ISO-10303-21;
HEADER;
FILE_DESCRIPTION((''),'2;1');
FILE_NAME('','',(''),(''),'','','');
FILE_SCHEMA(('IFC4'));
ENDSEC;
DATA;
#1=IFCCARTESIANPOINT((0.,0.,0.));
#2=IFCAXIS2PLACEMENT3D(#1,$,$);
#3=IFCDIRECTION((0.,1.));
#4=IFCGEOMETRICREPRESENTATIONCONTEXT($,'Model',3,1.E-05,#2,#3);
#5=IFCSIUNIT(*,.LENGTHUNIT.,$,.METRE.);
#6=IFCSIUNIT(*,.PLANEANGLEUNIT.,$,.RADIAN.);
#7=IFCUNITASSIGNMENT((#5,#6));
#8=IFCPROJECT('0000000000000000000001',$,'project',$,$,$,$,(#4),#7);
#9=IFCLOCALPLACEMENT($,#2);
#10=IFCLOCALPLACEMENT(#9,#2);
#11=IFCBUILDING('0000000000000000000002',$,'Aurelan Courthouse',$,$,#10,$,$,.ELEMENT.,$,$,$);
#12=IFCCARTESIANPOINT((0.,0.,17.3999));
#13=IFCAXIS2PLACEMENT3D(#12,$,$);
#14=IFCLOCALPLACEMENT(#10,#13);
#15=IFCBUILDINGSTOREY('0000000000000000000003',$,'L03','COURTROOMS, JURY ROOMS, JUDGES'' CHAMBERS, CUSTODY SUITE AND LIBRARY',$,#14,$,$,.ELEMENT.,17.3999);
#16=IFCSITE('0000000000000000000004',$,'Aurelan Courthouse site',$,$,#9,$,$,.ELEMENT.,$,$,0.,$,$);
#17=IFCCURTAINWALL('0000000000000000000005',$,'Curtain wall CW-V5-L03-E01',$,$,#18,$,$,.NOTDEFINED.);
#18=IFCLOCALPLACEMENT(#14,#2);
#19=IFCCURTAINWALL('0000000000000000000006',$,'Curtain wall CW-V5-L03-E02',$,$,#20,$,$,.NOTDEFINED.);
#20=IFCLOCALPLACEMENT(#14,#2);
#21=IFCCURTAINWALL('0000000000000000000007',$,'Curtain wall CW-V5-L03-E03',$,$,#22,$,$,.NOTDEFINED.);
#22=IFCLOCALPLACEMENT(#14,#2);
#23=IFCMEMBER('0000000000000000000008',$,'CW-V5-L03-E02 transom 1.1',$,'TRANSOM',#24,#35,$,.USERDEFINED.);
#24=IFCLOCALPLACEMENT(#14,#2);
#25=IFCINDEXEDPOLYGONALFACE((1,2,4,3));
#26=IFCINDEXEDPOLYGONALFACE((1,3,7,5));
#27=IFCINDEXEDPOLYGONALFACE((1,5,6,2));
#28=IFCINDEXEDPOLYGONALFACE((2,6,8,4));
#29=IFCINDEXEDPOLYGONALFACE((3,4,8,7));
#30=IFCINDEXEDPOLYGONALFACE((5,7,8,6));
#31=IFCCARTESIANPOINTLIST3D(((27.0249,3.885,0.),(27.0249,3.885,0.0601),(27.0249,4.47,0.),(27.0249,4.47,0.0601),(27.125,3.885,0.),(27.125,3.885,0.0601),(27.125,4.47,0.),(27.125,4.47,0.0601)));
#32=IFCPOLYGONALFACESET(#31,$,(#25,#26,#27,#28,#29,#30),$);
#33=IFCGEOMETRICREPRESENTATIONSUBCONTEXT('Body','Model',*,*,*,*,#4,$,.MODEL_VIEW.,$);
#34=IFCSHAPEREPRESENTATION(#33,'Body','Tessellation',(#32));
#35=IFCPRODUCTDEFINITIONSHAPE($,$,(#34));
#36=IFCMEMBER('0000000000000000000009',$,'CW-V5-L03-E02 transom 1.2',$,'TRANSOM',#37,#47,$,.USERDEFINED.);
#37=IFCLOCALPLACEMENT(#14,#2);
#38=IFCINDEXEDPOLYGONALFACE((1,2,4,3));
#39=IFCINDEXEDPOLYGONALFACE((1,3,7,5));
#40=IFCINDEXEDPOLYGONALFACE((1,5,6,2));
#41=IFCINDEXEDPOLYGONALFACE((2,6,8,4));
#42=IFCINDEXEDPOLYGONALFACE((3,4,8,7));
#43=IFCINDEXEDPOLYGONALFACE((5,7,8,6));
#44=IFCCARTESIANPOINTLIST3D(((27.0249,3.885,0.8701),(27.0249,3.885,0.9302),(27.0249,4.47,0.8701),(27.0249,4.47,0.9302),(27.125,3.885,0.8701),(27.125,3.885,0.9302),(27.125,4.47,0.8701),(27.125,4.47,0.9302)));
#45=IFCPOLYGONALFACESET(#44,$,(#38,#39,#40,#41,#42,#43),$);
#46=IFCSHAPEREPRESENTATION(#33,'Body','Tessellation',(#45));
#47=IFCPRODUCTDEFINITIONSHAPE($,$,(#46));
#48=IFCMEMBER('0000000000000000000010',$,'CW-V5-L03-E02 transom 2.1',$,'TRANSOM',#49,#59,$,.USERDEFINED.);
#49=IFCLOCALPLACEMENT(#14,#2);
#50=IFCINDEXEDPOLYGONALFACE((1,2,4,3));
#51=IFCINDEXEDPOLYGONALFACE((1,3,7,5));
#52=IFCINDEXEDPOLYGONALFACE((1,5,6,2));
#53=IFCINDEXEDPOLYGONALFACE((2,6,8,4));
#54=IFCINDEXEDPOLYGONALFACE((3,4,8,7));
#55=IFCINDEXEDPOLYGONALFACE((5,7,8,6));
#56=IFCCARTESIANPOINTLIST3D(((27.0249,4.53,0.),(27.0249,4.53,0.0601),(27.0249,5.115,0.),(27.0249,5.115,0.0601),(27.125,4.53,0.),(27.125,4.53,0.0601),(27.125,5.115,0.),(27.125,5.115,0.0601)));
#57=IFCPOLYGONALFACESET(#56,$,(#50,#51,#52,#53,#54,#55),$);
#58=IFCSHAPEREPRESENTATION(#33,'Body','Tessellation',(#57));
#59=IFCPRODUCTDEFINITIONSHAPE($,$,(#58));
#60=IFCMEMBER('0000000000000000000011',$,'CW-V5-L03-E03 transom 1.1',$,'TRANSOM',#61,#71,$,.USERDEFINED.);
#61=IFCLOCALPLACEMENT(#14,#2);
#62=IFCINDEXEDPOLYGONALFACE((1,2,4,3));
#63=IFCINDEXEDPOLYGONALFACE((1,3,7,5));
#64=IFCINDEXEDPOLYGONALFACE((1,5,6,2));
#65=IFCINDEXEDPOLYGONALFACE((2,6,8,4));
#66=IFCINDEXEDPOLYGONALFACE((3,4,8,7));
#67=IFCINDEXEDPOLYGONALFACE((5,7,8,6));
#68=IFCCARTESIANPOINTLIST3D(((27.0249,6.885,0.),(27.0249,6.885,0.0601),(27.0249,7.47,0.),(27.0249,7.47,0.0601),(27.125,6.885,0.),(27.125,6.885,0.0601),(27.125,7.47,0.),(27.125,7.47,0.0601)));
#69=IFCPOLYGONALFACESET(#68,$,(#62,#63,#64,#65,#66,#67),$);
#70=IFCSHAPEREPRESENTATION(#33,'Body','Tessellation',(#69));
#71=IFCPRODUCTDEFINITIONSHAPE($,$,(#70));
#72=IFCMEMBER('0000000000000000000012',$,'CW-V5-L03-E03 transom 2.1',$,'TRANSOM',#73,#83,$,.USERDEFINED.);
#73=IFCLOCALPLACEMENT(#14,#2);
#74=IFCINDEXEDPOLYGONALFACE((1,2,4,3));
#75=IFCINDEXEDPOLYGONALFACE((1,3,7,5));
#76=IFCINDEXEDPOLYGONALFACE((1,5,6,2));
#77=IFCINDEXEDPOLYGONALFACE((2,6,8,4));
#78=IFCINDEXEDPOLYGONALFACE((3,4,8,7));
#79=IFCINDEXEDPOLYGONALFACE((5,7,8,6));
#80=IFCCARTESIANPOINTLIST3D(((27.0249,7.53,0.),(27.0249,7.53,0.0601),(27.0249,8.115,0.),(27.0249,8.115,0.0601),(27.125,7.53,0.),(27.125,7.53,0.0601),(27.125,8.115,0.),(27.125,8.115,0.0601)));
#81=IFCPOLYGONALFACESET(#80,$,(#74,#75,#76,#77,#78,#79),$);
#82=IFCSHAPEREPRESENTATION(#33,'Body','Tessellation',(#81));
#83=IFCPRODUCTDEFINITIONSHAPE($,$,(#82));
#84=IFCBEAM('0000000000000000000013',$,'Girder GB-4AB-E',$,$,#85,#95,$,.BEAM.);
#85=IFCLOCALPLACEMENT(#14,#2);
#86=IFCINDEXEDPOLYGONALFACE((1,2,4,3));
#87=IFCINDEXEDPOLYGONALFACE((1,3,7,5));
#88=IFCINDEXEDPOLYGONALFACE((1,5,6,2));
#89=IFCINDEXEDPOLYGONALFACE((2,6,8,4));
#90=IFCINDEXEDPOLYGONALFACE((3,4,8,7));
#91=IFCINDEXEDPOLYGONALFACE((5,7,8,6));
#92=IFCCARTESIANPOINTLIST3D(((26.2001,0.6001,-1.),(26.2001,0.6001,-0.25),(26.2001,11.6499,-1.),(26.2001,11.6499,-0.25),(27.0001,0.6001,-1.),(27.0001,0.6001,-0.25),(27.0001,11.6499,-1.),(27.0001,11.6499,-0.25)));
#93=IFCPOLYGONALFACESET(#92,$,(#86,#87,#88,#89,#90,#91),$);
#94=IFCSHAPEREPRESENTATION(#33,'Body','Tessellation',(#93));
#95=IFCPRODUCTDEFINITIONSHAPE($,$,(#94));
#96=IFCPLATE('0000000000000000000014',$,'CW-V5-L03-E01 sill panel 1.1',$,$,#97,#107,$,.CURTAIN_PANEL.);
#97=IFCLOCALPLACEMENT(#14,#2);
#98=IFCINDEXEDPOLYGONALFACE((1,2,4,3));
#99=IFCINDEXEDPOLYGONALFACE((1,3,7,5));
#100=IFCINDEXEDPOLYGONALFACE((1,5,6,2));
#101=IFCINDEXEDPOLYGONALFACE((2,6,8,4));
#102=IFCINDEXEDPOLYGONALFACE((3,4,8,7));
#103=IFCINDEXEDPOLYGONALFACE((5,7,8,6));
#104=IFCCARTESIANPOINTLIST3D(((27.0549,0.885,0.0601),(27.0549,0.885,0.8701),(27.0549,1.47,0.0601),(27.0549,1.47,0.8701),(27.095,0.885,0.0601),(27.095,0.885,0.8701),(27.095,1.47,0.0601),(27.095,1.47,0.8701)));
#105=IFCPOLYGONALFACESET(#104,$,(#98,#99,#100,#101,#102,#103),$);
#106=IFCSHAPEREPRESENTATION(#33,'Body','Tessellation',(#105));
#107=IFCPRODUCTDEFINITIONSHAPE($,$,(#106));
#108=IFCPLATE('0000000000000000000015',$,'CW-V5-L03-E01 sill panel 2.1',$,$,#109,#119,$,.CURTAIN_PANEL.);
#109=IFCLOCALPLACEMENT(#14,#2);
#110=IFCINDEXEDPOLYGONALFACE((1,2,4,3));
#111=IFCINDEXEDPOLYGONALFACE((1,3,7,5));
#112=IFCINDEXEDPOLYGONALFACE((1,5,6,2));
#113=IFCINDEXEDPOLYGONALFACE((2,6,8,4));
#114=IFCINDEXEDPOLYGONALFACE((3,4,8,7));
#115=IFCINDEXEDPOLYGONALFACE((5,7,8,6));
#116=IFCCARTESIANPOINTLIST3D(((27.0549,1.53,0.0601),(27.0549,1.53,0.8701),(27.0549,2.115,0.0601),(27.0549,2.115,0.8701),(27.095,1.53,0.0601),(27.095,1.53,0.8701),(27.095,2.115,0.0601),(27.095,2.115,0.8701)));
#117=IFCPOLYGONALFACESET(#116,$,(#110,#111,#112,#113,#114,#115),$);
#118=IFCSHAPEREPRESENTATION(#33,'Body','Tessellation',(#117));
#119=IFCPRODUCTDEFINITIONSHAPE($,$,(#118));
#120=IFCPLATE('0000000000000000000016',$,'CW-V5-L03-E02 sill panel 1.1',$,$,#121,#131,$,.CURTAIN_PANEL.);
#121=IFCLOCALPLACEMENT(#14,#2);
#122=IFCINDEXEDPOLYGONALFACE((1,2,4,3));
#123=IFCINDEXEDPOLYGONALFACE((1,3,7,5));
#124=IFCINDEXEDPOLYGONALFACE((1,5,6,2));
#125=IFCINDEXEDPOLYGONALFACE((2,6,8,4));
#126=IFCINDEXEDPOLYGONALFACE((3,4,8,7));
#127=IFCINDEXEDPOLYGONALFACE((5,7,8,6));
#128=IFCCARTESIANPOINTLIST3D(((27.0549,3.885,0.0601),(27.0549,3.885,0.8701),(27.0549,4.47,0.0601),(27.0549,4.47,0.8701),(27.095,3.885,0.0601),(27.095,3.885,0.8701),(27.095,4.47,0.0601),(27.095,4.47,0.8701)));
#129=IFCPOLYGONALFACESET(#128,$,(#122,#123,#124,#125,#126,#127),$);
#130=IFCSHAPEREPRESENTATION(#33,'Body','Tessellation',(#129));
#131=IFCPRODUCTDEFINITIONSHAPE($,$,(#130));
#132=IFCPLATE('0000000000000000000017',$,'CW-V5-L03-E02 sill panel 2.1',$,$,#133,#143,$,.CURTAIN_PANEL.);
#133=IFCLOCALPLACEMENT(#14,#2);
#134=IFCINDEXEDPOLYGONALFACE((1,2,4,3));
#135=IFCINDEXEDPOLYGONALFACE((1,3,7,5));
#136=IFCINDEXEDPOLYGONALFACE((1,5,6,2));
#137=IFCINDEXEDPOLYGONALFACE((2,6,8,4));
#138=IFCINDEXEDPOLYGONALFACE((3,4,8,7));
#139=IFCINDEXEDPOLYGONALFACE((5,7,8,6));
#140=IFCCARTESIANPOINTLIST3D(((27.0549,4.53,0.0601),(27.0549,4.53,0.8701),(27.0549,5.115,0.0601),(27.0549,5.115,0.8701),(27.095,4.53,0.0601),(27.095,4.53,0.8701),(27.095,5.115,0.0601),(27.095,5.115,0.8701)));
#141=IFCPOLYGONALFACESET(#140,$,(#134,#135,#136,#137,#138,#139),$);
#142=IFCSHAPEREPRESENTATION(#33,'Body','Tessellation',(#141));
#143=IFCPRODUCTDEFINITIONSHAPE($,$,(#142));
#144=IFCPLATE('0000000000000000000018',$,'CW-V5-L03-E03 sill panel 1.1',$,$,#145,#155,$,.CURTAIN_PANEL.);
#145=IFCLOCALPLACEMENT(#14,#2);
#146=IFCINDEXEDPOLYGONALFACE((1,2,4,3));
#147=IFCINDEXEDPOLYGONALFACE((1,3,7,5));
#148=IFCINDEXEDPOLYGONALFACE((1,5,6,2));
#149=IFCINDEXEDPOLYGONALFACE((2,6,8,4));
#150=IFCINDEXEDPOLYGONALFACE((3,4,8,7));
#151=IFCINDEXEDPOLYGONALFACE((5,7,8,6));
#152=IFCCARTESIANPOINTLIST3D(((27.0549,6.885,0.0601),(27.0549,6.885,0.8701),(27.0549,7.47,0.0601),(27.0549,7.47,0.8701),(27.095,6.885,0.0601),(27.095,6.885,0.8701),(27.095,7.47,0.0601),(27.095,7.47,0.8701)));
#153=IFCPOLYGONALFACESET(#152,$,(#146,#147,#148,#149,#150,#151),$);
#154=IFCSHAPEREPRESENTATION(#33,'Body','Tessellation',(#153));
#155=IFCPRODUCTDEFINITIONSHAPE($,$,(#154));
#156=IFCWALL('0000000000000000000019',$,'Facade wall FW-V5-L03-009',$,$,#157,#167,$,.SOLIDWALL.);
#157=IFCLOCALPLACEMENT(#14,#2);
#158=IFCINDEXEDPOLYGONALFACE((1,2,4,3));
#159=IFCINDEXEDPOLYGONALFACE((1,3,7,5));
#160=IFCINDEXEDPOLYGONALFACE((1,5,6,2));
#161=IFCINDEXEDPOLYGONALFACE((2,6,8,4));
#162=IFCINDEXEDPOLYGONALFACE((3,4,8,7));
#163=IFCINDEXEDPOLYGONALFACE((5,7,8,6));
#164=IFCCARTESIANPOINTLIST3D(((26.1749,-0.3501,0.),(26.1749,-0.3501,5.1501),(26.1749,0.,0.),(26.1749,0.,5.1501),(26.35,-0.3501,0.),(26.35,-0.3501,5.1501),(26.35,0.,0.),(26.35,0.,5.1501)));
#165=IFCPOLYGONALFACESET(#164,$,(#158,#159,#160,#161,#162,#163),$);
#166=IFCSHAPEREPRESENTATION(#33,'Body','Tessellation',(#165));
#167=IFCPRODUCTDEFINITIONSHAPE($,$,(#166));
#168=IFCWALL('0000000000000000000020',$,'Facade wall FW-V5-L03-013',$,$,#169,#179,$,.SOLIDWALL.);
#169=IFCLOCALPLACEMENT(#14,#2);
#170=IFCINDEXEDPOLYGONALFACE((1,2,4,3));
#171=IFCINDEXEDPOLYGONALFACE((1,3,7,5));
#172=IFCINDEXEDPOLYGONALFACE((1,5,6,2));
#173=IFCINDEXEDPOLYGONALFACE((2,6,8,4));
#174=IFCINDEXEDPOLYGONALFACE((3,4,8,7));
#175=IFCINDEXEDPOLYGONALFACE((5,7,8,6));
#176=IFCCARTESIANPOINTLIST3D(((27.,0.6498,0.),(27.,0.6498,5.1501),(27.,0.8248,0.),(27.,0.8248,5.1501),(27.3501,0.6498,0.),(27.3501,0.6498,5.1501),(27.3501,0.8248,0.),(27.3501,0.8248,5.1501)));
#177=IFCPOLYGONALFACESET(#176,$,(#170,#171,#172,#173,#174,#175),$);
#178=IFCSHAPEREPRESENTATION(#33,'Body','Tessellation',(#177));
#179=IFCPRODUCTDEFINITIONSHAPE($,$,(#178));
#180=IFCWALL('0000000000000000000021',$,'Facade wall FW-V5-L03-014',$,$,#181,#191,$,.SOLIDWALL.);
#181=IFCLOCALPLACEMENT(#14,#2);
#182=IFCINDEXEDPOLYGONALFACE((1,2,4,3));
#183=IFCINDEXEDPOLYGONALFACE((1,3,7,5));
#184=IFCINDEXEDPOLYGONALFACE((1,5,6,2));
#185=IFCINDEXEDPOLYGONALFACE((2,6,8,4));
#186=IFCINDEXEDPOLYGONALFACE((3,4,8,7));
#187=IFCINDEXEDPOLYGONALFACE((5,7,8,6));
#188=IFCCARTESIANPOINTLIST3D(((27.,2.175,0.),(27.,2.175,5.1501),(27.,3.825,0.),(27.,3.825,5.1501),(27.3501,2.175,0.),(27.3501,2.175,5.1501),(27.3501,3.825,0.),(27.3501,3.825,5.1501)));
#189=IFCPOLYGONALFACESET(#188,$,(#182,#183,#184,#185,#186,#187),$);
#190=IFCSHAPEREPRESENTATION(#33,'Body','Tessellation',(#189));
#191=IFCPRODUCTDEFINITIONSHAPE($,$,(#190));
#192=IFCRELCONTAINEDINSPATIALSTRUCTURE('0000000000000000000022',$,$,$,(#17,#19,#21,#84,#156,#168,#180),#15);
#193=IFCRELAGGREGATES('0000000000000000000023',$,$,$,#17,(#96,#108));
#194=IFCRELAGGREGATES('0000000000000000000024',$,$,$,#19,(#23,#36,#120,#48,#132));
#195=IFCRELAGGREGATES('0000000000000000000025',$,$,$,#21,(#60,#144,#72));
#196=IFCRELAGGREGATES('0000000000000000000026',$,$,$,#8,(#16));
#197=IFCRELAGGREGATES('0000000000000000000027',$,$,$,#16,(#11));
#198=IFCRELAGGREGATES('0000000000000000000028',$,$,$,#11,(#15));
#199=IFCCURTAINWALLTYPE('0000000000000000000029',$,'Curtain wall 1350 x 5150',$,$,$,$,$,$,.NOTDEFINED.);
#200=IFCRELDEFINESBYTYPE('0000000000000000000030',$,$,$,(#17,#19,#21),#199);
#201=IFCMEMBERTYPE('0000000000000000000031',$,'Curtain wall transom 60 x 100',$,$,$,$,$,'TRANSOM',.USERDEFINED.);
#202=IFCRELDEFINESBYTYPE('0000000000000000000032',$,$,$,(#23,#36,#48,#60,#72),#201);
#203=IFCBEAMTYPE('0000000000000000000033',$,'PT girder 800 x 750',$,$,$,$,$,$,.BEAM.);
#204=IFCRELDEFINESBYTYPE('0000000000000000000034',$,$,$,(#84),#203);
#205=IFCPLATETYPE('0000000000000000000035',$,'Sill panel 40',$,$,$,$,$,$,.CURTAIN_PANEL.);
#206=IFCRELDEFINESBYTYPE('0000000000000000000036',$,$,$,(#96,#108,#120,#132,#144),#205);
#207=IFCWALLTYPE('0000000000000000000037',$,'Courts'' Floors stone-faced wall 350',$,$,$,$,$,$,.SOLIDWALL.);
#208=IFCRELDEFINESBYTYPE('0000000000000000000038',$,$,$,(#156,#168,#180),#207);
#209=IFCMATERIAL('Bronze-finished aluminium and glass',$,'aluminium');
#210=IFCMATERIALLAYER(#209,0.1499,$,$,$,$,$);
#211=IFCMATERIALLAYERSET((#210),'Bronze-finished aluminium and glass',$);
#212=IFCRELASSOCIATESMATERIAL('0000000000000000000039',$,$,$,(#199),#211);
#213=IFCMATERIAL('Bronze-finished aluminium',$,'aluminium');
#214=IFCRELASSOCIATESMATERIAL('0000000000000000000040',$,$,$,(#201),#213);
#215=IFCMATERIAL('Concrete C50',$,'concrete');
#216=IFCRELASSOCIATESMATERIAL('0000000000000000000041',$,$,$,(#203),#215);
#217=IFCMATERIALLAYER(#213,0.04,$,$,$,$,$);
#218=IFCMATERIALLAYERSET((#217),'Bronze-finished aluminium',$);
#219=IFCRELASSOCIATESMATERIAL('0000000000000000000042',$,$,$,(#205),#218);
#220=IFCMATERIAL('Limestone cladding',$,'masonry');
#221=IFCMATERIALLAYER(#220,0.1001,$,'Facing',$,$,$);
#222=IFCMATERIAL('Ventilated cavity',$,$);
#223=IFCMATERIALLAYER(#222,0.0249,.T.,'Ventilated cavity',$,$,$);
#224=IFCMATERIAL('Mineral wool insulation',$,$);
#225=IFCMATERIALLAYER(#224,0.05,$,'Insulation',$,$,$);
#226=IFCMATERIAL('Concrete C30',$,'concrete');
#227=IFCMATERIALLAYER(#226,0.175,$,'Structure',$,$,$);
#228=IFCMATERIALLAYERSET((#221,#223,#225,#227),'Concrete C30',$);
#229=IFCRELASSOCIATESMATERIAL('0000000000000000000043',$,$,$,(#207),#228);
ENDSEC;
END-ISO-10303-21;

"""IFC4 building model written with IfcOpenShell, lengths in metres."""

from ifc_helpers import new_model, si_unit, direction, frame, frame_2d, origin, origin_2d, place, context, subcontext, project, spatial, rectangle, extrude, material, layer, layer_set, material_profile, profile_set, type_object, element, aggregate, save


model = new_model("IFC4")

# Units and contexts
model_context = context("Model", 3, precision=1e-05, world=origin(), true_north=direction((0.0, 1.0)))
body_context = subcontext(model_context, "Body", "Model", "MODEL_VIEW")
ifc_project = project(units=[si_unit("LENGTHUNIT", "METRE"), si_unit("PLANEANGLEUNIT", "RADIAN")], contexts=[model_context])

# Site, building, storey
site_placement = place(None, origin())
site = spatial("IfcSite", under=ifc_project, at=site_placement, Name="Aurelan Courthouse site", CompositionType="ELEMENT", RefElevation=0.0)
building_placement = place(site_placement, origin())
building = spatial("IfcBuilding", under=site, at=building_placement, Name="Aurelan Courthouse", CompositionType="ELEMENT")
storey_placement = place(building_placement, frame((0.0, 0.0, 17.3999)))
storey = spatial("IfcBuildingStorey", under=building, at=storey_placement, Name="L03", Description="COURTROOMS, JURY ROOMS, JUDGES' CHAMBERS, CUSTODY SUITE AND LIBRARY", CompositionType="ELEMENT", Elevation=17.3999)

# Shared definitions
ifc_material_1 = material(Name="Concrete C50", Category="concrete")

# Shared definitions
ifc_material_2 = material(Name="Bronze-finished aluminium and glass", Category="aluminium")
ifc_layer_1 = layer(ifc_material_2, 0.1499)
ifc_layer_set_1 = layer_set([ifc_layer_1], Name="Bronze-finished aluminium and glass")
curtain_wall_type = type_object("IfcCurtainWallType", Name="Curtain wall 1350 x 5150", PredefinedType="NOTDEFINED", material=ifc_layer_set_1)
ifc_material_3 = material(Name="Bronze-finished aluminium", Category="aluminium")

# Curtain walls
curtain_wall_1_placement = place(storey_placement, origin())
curtain_wall_1 = element("IfcCurtainWall", 1, at=curtain_wall_1_placement, inside=storey, type_object=curtain_wall_type, Name="Curtain wall CW-V5-L03-E01", PredefinedType="NOTDEFINED")
curtain_wall_2_placement = place(storey_placement, origin())
curtain_wall_2 = element("IfcCurtainWall", 2, at=curtain_wall_2_placement, inside=storey, type_object=curtain_wall_type, Name="Curtain wall CW-V5-L03-E02", PredefinedType="NOTDEFINED")
curtain_wall_3_placement = place(storey_placement, origin())
curtain_wall_3 = element("IfcCurtainWall", 3, at=curtain_wall_3_placement, inside=storey, type_object=curtain_wall_type, Name="Curtain wall CW-V5-L03-E03", PredefinedType="NOTDEFINED")

# Members
ifc_material_profile_1 = material_profile(ifc_material_3, rectangle(XDim=0.1001, YDim=0.0601, at=origin_2d()), Name="Bronze transom 60 x 100")
ifc_profile_set_1 = profile_set([ifc_material_profile_1], Name="Bronze-finished aluminium")
member_type_1 = type_object("IfcMemberType", Name="Curtain wall transom 60 x 100", ElementType="TRANSOM", PredefinedType="USERDEFINED", material=ifc_profile_set_1)
member_1_placement = place(storey_placement, frame((27.075, 3.885, 0.03), z_axis=(0.0, 1.0, 0.0), x_axis=(-1.0, 0.0, 0.0)))
member_1 = element("IfcMember", 4, at=member_1_placement, type_object=member_type_1, Name="CW-V5-L03-E02 transom 1.1", ObjectType="TRANSOM", PredefinedType="USERDEFINED", context=body_context, shape_type="SweptSolid", body=[
    extrude(rectangle(XDim=0.1001, YDim=0.0601, at=origin_2d()), origin(), (0.0, 0.0, 1.0), 0.585),
])
member_2_placement = place(storey_placement, frame((27.075, 3.885, 0.9001), z_axis=(0.0, 1.0, 0.0), x_axis=(-1.0, 0.0, 0.0)))
member_2 = element("IfcMember", 5, at=member_2_placement, type_object=member_type_1, Name="CW-V5-L03-E02 transom 1.2", ObjectType="TRANSOM", PredefinedType="USERDEFINED", context=body_context, shape_type="SweptSolid", body=[
    extrude(rectangle(XDim=0.1001, YDim=0.0601, at=origin_2d()), origin(), (0.0, 0.0, 1.0), 0.585),
])
member_3_placement = place(storey_placement, frame((27.075, 4.53, 0.03), z_axis=(0.0, 1.0, 0.0), x_axis=(-1.0, 0.0, 0.0)))
member_3 = element("IfcMember", 6, at=member_3_placement, type_object=member_type_1, Name="CW-V5-L03-E02 transom 2.1", ObjectType="TRANSOM", PredefinedType="USERDEFINED", context=body_context, shape_type="SweptSolid", body=[
    extrude(rectangle(XDim=0.1001, YDim=0.0601, at=origin_2d()), origin(), (0.0, 0.0, 1.0), 0.585),
])
member_4_placement = place(storey_placement, frame((27.075, 6.885, 0.03), z_axis=(0.0, 1.0, 0.0), x_axis=(-1.0, 0.0, 0.0)))
member_4 = element("IfcMember", 7, at=member_4_placement, type_object=member_type_1, Name="CW-V5-L03-E03 transom 1.1", ObjectType="TRANSOM", PredefinedType="USERDEFINED", context=body_context, shape_type="SweptSolid", body=[
    extrude(rectangle(XDim=0.1001, YDim=0.0601, at=origin_2d()), origin(), (0.0, 0.0, 1.0), 0.585),
])
member_5_placement = place(storey_placement, frame((27.075, 7.53, 0.03), z_axis=(0.0, 1.0, 0.0), x_axis=(-1.0, 0.0, 0.0)))
member_5 = element("IfcMember", 8, at=member_5_placement, type_object=member_type_1, Name="CW-V5-L03-E03 transom 2.1", ObjectType="TRANSOM", PredefinedType="USERDEFINED", context=body_context, shape_type="SweptSolid", body=[
    extrude(rectangle(XDim=0.1001, YDim=0.0601, at=origin_2d()), origin(), (0.0, 0.0, 1.0), 0.585),
])

# Beam
ifc_material_profile_2 = material_profile(ifc_material_1, rectangle(XDim=0.8, YDim=0.75, at=origin_2d()), Name="RC 800 x 750")
ifc_profile_set_2 = profile_set([ifc_material_profile_2], Name="Concrete C50")
beam_type = type_object("IfcBeamType", Name="PT girder 800 x 750", PredefinedType="BEAM", material=ifc_profile_set_2)
beam_placement = place(storey_placement, frame((26.6001, 0.6001, -0.625), z_axis=(0.0, 1.0, 0.0), x_axis=(-1.0, 0.0, 0.0)))
element("IfcBeam", 9, at=beam_placement, inside=storey, type_object=beam_type, Name="Girder GB-4AB-E", PredefinedType="BEAM", context=body_context, shape_type="SweptSolid", body=[
    extrude(rectangle(XDim=0.8, YDim=0.75, at=origin_2d()), origin(), (0.0, 0.0, 1.0), 11.0498),
])

# Plates
ifc_layer_2 = layer(ifc_material_3, 0.04)
ifc_layer_set_2 = layer_set([ifc_layer_2], Name="Bronze-finished aluminium")
plate_type = type_object("IfcPlateType", Name="Sill panel 40", PredefinedType="CURTAIN_PANEL", material=ifc_layer_set_2)
plate_1_placement = place(storey_placement, frame((27.075, 1.1775, 0.0601), z_axis=(0.0, 0.0, 1.0), x_axis=(0.0, 1.0, 0.0)))
plate_1 = element("IfcPlate", 10, at=plate_1_placement, type_object=plate_type, Name="CW-V5-L03-E01 sill panel 1.1", PredefinedType="CURTAIN_PANEL", context=body_context, shape_type="SweptSolid", body=[
    extrude(rectangle(XDim=0.585, YDim=0.04, at=origin_2d()), origin(), (0.0, 0.0, 1.0), 0.8101),
])
plate_2_placement = place(storey_placement, frame((27.075, 1.8225, 0.0601), z_axis=(0.0, 0.0, 1.0), x_axis=(0.0, 1.0, 0.0)))
plate_2 = element("IfcPlate", 11, at=plate_2_placement, type_object=plate_type, Name="CW-V5-L03-E01 sill panel 2.1", PredefinedType="CURTAIN_PANEL", context=body_context, shape_type="SweptSolid", body=[
    extrude(rectangle(XDim=0.585, YDim=0.04, at=origin_2d()), origin(), (0.0, 0.0, 1.0), 0.8101),
])
aggregate(curtain_wall_1, [plate_1, plate_2])
plate_3_placement = place(storey_placement, frame((27.075, 4.1775, 0.0601), z_axis=(0.0, 0.0, 1.0), x_axis=(0.0, 1.0, 0.0)))
plate_3 = element("IfcPlate", 12, at=plate_3_placement, type_object=plate_type, Name="CW-V5-L03-E02 sill panel 1.1", PredefinedType="CURTAIN_PANEL", context=body_context, shape_type="SweptSolid", body=[
    extrude(rectangle(XDim=0.585, YDim=0.04, at=origin_2d()), origin(), (0.0, 0.0, 1.0), 0.8101),
])
plate_4_placement = place(storey_placement, frame((27.075, 4.8225, 0.0601), z_axis=(0.0, 0.0, 1.0), x_axis=(0.0, 1.0, 0.0)))
plate_4 = element("IfcPlate", 13, at=plate_4_placement, type_object=plate_type, Name="CW-V5-L03-E02 sill panel 2.1", PredefinedType="CURTAIN_PANEL", context=body_context, shape_type="SweptSolid", body=[
    extrude(rectangle(XDim=0.585, YDim=0.04, at=origin_2d()), origin(), (0.0, 0.0, 1.0), 0.8101),
])
aggregate(curtain_wall_2, [member_1, member_2, plate_3, member_3, plate_4])
plate_5_placement = place(storey_placement, frame((27.075, 7.1775, 0.0601), z_axis=(0.0, 0.0, 1.0), x_axis=(0.0, 1.0, 0.0)))
plate_5 = element("IfcPlate", 14, at=plate_5_placement, type_object=plate_type, Name="CW-V5-L03-E03 sill panel 1.1", PredefinedType="CURTAIN_PANEL", context=body_context, shape_type="SweptSolid", body=[
    extrude(rectangle(XDim=0.585, YDim=0.04, at=origin_2d()), origin(), (0.0, 0.0, 1.0), 0.8101),
])
aggregate(curtain_wall_3, [member_4, plate_5, member_5])

# Walls
ifc_material_4 = material(Name="Limestone cladding", Category="masonry")
ifc_layer_3 = layer(ifc_material_4, 0.1001, Name="Facing")
ifc_material_5 = material(Name="Ventilated cavity")
ifc_layer_4 = layer(ifc_material_5, 0.0249, ventilated=True, Name="Ventilated cavity")
ifc_material_6 = material(Name="Mineral wool insulation")
ifc_layer_5 = layer(ifc_material_6, 0.05, Name="Insulation")
ifc_material_7 = material(Name="Concrete C30", Category="concrete")
ifc_layer_6 = layer(ifc_material_7, 0.175, Name="Structure")
ifc_layer_set_3 = layer_set([ifc_layer_3, ifc_layer_4, ifc_layer_5, ifc_layer_6], Name="Concrete C30")
wall_type = type_object("IfcWallType", Name="Courts' Floors stone-faced wall 350", PredefinedType="SOLIDWALL", material=ifc_layer_set_3)
for number, where, z_axis, x_axis, name in (
    (15, (26.175, -0.175, 0.0), (0.0, 0.0, 1.0), (1.0, 0.0, 0.0), "Facade wall FW-V5-L03-009"),
    (16, (27.175, 0.6499, 0.0), (0.0, 0.0, 1.0), (0.0, 1.0, 0.0), "Facade wall FW-V5-L03-013"),
):
    element("IfcWall", number, at=place(storey_placement, frame(where, z_axis=z_axis, x_axis=x_axis)), inside=storey, type_object=wall_type, Name=name, PredefinedType="SOLIDWALL", context=body_context, shape_type="SweptSolid", body=[
        extrude(rectangle(XDim=0.175, YDim=0.3501, at=frame_2d((0.0874, 0.0))), origin(), (0.0, 0.0, 1.0), 5.1501),
    ])
for number, where, z_axis, x_axis, name in (
    (17, (27.175, 2.175, 0.0), (0.0, 0.0, 1.0), (0.0, 1.0, 0.0), "Facade wall FW-V5-L03-014"),
):
    element("IfcWall", number, at=place(storey_placement, frame(where, z_axis=z_axis, x_axis=x_axis)), inside=storey, type_object=wall_type, Name=name, PredefinedType="SOLIDWALL", context=body_context, shape_type="SweptSolid", body=[
        extrude(rectangle(XDim=1.6499, YDim=0.3501, at=frame_2d((0.825, 0.0))), origin(), (0.0, 0.0, 1.0), 5.1501),
    ])

save(model, "model.ifc")
